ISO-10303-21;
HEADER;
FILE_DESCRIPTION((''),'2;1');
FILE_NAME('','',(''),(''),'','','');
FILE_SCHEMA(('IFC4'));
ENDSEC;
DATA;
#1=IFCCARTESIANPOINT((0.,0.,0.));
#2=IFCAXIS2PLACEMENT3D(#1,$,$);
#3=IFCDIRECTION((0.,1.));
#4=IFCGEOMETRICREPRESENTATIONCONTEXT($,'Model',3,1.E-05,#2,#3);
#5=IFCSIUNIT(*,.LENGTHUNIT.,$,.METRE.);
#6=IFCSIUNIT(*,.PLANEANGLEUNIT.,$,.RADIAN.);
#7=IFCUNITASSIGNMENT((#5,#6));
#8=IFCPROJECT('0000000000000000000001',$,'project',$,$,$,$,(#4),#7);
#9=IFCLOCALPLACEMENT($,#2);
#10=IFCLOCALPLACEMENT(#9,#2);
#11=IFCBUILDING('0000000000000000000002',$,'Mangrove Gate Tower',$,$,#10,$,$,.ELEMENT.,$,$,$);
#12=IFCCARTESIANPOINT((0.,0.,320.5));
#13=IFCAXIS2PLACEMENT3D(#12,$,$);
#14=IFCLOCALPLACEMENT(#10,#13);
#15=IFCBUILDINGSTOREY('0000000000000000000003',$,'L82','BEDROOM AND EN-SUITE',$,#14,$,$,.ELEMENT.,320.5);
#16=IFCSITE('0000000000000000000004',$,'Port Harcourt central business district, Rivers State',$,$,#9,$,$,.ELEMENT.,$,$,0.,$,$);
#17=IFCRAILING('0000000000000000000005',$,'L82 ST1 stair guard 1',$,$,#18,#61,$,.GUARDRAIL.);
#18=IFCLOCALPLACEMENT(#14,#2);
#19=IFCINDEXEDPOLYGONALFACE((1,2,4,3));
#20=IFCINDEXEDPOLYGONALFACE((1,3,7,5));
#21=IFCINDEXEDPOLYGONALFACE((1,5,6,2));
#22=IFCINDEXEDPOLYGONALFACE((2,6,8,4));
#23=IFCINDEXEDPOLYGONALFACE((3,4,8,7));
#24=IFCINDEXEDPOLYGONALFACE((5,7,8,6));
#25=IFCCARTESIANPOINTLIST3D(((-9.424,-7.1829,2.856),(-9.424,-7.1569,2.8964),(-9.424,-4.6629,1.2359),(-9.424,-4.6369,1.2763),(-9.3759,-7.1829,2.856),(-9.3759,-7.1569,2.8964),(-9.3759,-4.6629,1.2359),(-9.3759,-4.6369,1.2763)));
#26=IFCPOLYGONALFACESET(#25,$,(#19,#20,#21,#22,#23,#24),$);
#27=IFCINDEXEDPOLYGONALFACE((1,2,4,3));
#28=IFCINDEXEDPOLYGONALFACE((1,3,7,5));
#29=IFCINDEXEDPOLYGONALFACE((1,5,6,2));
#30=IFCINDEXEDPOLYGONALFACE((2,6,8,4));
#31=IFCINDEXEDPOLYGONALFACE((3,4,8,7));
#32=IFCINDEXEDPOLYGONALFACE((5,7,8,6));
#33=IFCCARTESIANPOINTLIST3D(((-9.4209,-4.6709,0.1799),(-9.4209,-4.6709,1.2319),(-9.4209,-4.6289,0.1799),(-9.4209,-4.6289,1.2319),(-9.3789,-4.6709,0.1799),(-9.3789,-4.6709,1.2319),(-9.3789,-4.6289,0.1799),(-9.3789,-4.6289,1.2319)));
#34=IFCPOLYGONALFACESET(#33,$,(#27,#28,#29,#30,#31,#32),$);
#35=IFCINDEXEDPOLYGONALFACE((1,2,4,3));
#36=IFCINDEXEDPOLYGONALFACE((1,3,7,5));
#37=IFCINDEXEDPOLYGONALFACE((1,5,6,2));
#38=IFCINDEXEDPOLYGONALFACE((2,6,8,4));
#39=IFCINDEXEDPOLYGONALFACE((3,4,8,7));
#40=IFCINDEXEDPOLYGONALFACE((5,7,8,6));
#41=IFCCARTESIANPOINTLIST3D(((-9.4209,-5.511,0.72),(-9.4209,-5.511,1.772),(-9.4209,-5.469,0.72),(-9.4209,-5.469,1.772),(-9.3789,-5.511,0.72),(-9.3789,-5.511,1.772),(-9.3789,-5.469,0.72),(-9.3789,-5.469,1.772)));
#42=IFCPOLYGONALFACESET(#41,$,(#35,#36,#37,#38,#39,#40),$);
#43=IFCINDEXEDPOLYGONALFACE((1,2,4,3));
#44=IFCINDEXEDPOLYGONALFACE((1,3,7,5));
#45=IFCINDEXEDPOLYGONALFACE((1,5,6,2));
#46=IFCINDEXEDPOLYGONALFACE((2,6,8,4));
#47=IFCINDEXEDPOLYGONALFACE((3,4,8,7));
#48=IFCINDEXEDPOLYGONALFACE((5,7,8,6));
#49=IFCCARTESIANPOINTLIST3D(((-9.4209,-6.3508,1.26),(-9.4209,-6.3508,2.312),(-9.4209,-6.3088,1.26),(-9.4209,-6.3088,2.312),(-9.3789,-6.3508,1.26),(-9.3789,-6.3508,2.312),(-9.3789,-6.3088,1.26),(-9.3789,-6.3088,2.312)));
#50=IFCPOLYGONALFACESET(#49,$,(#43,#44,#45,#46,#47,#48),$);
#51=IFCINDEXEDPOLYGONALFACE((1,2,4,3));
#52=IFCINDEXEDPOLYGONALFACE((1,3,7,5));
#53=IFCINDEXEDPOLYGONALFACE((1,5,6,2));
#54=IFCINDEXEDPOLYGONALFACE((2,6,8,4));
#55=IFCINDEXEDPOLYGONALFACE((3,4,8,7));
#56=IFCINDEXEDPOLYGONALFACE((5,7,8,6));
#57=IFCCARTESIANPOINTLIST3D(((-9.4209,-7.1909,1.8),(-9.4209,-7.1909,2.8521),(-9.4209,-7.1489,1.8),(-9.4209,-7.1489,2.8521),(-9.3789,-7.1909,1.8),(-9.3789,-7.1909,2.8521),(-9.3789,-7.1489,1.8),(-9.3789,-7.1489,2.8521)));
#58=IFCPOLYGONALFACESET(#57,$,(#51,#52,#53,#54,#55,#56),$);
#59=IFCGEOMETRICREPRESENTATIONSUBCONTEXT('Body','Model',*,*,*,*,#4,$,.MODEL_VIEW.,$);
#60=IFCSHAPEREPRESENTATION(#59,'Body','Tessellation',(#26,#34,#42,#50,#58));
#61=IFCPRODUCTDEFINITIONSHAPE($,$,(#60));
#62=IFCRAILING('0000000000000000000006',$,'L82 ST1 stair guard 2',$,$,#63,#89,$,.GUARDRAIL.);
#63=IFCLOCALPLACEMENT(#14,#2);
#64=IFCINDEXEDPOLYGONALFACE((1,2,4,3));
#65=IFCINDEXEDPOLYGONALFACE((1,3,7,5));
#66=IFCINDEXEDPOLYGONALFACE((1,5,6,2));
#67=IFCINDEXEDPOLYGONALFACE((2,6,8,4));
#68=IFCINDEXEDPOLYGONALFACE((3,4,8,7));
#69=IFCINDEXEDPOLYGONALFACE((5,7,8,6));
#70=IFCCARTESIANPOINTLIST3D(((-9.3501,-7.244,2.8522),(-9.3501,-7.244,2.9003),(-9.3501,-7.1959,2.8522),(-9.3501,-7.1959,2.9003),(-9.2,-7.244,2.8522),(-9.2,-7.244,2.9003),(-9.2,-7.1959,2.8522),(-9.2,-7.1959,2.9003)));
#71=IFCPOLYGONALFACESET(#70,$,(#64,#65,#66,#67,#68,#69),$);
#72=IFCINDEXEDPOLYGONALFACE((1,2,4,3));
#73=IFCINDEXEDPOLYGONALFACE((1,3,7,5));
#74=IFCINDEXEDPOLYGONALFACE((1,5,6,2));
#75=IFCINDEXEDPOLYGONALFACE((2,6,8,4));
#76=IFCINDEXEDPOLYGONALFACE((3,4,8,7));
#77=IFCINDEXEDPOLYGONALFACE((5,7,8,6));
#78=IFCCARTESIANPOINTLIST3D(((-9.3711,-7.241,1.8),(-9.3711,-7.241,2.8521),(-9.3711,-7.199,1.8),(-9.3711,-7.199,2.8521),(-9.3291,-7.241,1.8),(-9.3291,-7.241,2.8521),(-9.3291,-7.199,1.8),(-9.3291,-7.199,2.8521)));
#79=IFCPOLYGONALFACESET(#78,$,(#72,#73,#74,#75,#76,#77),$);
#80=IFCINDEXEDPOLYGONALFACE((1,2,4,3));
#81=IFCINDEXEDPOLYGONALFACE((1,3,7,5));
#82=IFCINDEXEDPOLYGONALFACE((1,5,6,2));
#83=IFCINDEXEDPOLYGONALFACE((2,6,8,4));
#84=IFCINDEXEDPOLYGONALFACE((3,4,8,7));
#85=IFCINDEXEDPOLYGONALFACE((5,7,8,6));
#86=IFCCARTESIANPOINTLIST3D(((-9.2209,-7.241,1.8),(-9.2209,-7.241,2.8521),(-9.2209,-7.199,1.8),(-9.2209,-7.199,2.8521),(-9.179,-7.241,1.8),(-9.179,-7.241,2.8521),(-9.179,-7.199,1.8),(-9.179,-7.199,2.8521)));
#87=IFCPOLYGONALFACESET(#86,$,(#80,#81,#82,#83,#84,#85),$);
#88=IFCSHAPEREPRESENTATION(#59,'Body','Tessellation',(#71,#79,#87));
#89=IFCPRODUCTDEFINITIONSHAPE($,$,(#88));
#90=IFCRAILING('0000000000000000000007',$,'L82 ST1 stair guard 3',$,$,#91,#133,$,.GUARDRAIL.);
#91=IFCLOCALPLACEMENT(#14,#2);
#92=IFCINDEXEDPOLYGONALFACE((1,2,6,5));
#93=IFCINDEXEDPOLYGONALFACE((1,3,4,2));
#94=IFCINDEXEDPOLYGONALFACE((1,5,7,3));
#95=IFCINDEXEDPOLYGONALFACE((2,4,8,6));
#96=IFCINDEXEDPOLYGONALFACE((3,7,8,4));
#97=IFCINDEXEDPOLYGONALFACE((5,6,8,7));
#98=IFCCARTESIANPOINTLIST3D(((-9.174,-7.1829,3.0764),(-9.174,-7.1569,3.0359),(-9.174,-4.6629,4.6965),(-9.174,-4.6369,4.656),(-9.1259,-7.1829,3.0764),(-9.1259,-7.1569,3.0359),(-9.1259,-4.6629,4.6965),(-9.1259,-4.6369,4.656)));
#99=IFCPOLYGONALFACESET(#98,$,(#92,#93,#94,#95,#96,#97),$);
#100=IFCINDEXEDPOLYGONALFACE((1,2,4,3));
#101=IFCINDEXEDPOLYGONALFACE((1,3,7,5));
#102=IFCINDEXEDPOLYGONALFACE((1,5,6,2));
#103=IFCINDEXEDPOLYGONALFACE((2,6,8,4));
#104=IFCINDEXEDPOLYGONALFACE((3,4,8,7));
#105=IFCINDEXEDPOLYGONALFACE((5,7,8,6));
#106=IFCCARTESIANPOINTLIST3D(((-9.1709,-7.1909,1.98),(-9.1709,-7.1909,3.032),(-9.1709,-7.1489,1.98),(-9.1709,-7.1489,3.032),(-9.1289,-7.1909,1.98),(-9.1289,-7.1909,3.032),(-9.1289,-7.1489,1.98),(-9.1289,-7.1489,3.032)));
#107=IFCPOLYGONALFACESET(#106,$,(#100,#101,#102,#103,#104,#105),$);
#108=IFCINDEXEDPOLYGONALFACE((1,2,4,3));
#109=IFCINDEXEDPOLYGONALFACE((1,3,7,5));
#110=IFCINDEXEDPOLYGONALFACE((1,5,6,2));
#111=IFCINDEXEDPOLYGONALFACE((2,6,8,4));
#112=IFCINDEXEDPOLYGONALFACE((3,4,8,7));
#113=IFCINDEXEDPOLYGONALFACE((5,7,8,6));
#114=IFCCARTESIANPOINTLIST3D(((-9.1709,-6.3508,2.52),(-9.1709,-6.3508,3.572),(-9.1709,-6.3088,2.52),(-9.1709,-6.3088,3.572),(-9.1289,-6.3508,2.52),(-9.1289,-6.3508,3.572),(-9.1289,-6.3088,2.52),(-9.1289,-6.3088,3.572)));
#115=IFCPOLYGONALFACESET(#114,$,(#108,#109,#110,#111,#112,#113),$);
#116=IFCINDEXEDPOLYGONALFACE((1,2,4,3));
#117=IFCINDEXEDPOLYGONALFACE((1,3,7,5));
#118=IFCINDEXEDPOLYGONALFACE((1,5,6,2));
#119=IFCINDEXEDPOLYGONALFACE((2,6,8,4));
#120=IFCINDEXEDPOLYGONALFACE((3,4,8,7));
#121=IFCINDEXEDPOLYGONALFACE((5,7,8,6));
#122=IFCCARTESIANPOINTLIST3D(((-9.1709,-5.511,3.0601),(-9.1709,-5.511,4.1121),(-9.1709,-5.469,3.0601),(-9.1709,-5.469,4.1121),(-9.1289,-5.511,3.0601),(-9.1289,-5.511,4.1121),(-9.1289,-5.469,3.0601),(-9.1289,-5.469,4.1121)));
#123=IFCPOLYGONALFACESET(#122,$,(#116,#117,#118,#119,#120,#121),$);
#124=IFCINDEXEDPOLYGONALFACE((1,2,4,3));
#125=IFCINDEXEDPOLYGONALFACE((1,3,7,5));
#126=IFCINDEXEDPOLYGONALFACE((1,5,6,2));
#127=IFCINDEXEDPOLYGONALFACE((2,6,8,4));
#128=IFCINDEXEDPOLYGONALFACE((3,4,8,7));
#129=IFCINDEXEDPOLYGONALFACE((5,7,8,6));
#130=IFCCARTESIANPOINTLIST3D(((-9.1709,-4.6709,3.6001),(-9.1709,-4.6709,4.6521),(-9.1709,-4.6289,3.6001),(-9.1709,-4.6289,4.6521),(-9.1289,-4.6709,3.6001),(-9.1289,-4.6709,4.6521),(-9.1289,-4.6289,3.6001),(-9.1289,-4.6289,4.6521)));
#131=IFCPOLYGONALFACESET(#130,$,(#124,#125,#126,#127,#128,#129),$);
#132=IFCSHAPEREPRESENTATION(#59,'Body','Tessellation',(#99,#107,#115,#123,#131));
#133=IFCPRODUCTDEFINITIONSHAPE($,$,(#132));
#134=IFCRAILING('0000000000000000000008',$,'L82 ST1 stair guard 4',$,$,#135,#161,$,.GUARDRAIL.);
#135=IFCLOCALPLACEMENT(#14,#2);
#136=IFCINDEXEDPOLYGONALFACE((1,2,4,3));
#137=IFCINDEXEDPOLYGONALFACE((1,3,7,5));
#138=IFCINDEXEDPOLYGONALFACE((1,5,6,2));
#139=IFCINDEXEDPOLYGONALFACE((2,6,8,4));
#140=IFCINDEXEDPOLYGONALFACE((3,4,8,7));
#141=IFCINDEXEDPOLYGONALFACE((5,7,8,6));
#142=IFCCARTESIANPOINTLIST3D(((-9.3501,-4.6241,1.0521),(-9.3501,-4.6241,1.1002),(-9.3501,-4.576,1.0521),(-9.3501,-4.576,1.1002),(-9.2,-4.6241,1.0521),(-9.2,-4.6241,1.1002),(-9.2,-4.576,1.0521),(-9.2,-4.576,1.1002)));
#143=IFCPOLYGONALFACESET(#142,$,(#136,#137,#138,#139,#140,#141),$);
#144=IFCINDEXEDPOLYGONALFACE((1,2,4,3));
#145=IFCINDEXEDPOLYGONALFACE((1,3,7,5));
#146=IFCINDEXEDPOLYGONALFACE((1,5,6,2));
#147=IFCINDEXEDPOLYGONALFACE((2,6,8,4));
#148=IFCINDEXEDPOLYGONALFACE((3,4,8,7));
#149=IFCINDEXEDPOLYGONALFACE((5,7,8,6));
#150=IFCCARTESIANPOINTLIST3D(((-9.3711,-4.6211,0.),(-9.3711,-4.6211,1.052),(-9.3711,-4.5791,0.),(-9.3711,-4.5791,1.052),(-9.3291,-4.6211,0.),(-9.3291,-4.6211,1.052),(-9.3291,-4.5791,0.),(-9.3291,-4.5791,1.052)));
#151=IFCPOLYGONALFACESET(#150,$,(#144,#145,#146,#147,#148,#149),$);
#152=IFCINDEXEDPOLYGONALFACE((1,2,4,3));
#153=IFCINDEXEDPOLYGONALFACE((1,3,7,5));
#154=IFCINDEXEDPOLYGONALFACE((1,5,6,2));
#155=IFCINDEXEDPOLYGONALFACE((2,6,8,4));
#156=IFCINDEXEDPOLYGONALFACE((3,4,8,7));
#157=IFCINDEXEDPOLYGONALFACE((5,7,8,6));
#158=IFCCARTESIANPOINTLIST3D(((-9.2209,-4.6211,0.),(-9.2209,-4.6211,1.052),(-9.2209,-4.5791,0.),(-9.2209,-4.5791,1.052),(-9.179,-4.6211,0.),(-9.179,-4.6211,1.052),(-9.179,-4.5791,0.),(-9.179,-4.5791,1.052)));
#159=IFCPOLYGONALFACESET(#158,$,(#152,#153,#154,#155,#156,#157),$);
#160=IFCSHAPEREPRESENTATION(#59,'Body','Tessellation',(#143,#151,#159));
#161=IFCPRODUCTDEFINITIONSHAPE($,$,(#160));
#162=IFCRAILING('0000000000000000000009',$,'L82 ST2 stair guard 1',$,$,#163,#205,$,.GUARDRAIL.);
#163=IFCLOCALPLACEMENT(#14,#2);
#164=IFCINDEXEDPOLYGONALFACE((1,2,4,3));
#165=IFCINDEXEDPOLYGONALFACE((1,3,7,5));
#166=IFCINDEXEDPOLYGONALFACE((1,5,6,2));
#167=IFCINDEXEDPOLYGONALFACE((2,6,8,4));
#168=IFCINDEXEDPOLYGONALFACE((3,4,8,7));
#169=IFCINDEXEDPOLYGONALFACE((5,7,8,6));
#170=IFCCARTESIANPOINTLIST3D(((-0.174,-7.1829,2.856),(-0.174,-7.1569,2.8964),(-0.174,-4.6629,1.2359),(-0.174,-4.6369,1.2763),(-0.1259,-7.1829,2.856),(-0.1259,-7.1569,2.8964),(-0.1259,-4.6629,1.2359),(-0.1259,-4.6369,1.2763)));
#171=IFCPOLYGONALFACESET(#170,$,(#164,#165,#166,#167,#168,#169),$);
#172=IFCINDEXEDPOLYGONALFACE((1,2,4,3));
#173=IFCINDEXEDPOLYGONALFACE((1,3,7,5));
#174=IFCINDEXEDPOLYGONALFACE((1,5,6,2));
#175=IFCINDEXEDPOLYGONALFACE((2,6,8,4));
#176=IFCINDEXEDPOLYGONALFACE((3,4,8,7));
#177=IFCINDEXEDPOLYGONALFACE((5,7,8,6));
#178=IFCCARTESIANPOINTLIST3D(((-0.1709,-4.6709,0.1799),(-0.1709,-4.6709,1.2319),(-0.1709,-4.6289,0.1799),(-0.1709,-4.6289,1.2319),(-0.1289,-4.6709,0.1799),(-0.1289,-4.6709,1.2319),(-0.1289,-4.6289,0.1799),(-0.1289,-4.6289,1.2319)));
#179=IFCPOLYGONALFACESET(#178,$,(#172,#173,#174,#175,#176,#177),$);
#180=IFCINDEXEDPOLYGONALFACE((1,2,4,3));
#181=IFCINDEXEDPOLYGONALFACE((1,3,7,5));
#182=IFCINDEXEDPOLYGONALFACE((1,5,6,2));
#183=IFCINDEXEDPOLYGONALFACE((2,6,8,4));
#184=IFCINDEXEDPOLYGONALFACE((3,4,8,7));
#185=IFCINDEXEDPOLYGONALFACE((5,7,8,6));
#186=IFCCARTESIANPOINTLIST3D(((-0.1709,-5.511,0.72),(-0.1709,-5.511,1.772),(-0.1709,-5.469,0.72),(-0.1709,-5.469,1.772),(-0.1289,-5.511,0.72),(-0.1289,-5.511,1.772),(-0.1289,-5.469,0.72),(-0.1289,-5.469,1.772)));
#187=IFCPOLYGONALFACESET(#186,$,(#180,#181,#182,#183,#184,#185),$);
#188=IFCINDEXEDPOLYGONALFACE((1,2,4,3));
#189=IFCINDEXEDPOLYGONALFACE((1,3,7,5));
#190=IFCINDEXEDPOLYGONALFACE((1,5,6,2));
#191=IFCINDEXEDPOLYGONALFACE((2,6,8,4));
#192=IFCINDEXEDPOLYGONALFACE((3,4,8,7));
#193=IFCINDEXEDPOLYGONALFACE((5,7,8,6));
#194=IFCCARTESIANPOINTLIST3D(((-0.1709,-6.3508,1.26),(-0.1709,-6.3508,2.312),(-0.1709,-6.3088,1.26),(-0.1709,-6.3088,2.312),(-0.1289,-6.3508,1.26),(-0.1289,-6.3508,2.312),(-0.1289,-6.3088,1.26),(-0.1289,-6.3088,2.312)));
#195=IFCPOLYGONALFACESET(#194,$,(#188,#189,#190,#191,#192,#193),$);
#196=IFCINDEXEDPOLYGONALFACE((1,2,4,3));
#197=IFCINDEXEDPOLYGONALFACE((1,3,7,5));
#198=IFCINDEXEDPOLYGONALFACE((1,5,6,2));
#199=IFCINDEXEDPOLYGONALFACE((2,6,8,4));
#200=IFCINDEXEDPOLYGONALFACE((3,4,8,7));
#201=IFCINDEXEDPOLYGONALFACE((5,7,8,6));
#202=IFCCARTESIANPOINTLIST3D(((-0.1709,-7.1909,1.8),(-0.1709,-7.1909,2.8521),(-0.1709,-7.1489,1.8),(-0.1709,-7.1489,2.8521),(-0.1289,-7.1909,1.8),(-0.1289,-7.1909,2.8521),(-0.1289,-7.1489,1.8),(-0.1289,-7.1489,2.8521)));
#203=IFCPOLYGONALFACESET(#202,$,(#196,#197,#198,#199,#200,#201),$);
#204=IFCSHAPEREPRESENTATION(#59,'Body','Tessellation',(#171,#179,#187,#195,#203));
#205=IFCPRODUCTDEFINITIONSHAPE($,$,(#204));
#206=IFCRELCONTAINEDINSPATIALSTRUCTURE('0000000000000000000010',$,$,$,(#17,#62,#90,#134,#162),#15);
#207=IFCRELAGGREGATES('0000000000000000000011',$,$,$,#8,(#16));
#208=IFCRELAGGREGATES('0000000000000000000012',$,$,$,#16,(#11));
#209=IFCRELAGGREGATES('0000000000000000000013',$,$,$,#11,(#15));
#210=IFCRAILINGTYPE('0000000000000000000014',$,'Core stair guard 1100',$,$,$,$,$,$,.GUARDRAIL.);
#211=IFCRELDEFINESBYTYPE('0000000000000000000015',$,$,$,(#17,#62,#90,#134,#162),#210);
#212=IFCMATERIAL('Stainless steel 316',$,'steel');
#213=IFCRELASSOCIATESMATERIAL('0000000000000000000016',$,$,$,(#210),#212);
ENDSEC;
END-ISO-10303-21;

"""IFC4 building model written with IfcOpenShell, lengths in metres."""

from ifc_helpers import new_model, si_unit, direction, frame, origin, origin_2d, place, context, subcontext, project, spatial, rectangle, extrude, material, type_object, element, save


model = new_model("IFC4")

# Units and contexts
model_context = context("Model", 3, precision=1e-05, world=origin(), true_north=direction((0.0, 1.0)))
body_context = subcontext(model_context, "Body", "Model", "MODEL_VIEW")
ifc_project = project(units=[si_unit("LENGTHUNIT", "METRE"), si_unit("PLANEANGLEUNIT", "RADIAN")], contexts=[model_context])

# Site, building, storey
site_placement = place(None, origin())
site = spatial("IfcSite", under=ifc_project, at=site_placement, Name="Port Harcourt central business district, Rivers State", CompositionType="ELEMENT", RefElevation=0.0)
building_placement = place(site_placement, origin())
building = spatial("IfcBuilding", under=site, at=building_placement, Name="Mangrove Gate Tower", CompositionType="ELEMENT")
storey_placement = place(building_placement, frame((0.0, 0.0, 320.5)))
storey = spatial("IfcBuildingStorey", under=building, at=storey_placement, Name="L82", Description="BEDROOM AND EN-SUITE", CompositionType="ELEMENT", Elevation=320.5)

# Railings
ifc_material_1 = material(Name="Stainless steel 316", Category="steel")
railing_type_1 = type_object("IfcRailingType", Name="Core stair guard 1100", PredefinedType="GUARDRAIL", material=ifc_material_1)
railing_1_placement = place(storey_placement, frame((-9.3999, -4.6499, 0.1799)))
element("IfcRailing", 1, at=railing_1_placement, inside=storey, type_object=railing_type_1, Name="L82 ST1 stair guard 1", PredefinedType="GUARDRAIL", context=body_context, shape_type="SweptSolid", body=[
    extrude(rectangle(XDim=0.0481, YDim=0.0481, at=origin_2d()), frame((0.0, 0.0, 1.0762), z_axis=(0.0, -0.841163, 0.540782), x_axis=(1.0, 0.0, 0.0)), (0.0, 0.0, 1.0), 2.9958),
    extrude(rectangle(XDim=0.042, YDim=0.042, at=origin_2d()), origin(), (0.0, 0.0, 1.0), 1.052),
    extrude(rectangle(XDim=0.042, YDim=0.042, at=origin_2d()), frame((0.0, -0.8401, 0.54)), (0.0, 0.0, 1.0), 1.052),
    extrude(rectangle(XDim=0.042, YDim=0.042, at=origin_2d()), frame((0.0, -1.6799, 1.0801)), (0.0, 0.0, 1.0), 1.052),
    extrude(rectangle(XDim=0.042, YDim=0.042, at=origin_2d()), frame((0.0, -2.52, 1.6201)), (0.0, 0.0, 1.0), 1.052),
])
railing_2_placement = place(storey_placement, frame((-9.3501, -7.22, 1.8)))
element("IfcRailing", 2, at=railing_2_placement, inside=storey, type_object=railing_type_1, Name="L82 ST1 stair guard 2", PredefinedType="GUARDRAIL", context=body_context, shape_type="SweptSolid", body=[
    extrude(rectangle(XDim=0.0481, YDim=0.0481, at=origin_2d()), frame((0.0, 0.0, 1.0762), z_axis=(1.0, 0.0, 0.0), x_axis=(0.0, 1.0, 0.0)), (0.0, 0.0, 1.0), 0.1501),
    extrude(rectangle(XDim=0.042, YDim=0.042, at=origin_2d()), origin(), (0.0, 0.0, 1.0), 1.052),
    extrude(rectangle(XDim=0.042, YDim=0.042, at=origin_2d()), frame((0.1501, 0.0, 0.0)), (0.0, 0.0, 1.0), 1.052),
])
railing_3_placement = place(storey_placement, frame((-9.1499, -7.1699, 1.98)))
element("IfcRailing", 3, at=railing_3_placement, inside=storey, type_object=railing_type_1, Name="L82 ST1 stair guard 3", PredefinedType="GUARDRAIL", context=body_context, shape_type="SweptSolid", body=[
    extrude(rectangle(XDim=0.0481, YDim=0.0481, at=origin_2d()), frame((0.0, 0.0, 1.0762), z_axis=(0.0, 0.841163, 0.540782), x_axis=(-1.0, 0.0, 0.0)), (0.0, 0.0, 1.0), 2.9958),
    extrude(rectangle(XDim=0.042, YDim=0.042, at=origin_2d()), origin(), (0.0, 0.0, 1.0), 1.052),
    extrude(rectangle(XDim=0.042, YDim=0.042, at=origin_2d()), frame((0.0, 0.8401, 0.54)), (0.0, 0.0, 1.0), 1.052),
    extrude(rectangle(XDim=0.042, YDim=0.042, at=origin_2d()), frame((0.0, 1.6799, 1.0801)), (0.0, 0.0, 1.0), 1.052),
    extrude(rectangle(XDim=0.042, YDim=0.042, at=origin_2d()), frame((0.0, 2.52, 1.6201)), (0.0, 0.0, 1.0), 1.052),
])
railing_4_placement = place(storey_placement, frame((-9.3501, -4.6001, 0.0)))
element("IfcRailing", 4, at=railing_4_placement, inside=storey, type_object=railing_type_1, Name="L82 ST1 stair guard 4", PredefinedType="GUARDRAIL", context=body_context, shape_type="SweptSolid", body=[
    extrude(rectangle(XDim=0.0481, YDim=0.0481, at=origin_2d()), frame((0.0, 0.0, 1.0762), z_axis=(1.0, 0.0, 0.0), x_axis=(0.0, 1.0, 0.0)), (0.0, 0.0, 1.0), 0.1501),
    extrude(rectangle(XDim=0.042, YDim=0.042, at=origin_2d()), origin(), (0.0, 0.0, 1.0), 1.052),
    extrude(rectangle(XDim=0.042, YDim=0.042, at=origin_2d()), frame((0.1501, 0.0, 0.0)), (0.0, 0.0, 1.0), 1.052),
])
railing_5_placement = place(storey_placement, frame((-0.1499, -4.6499, 0.1799)))
element("IfcRailing", 5, at=railing_5_placement, inside=storey, type_object=railing_type_1, Name="L82 ST2 stair guard 1", PredefinedType="GUARDRAIL", context=body_context, shape_type="SweptSolid", body=[
    extrude(rectangle(XDim=0.0481, YDim=0.0481, at=origin_2d()), frame((0.0, 0.0, 1.0762), z_axis=(0.0, -0.841163, 0.540782), x_axis=(1.0, 0.0, 0.0)), (0.0, 0.0, 1.0), 2.9958),
    extrude(rectangle(XDim=0.042, YDim=0.042, at=origin_2d()), origin(), (0.0, 0.0, 1.0), 1.052),
    extrude(rectangle(XDim=0.042, YDim=0.042, at=origin_2d()), frame((0.0, -0.8401, 0.54)), (0.0, 0.0, 1.0), 1.052),
    extrude(rectangle(XDim=0.042, YDim=0.042, at=origin_2d()), frame((0.0, -1.6799, 1.0801)), (0.0, 0.0, 1.0), 1.052),
    extrude(rectangle(XDim=0.042, YDim=0.042, at=origin_2d()), frame((0.0, -2.52, 1.6201)), (0.0, 0.0, 1.0), 1.052),
])

save(model, "model.ifc")
